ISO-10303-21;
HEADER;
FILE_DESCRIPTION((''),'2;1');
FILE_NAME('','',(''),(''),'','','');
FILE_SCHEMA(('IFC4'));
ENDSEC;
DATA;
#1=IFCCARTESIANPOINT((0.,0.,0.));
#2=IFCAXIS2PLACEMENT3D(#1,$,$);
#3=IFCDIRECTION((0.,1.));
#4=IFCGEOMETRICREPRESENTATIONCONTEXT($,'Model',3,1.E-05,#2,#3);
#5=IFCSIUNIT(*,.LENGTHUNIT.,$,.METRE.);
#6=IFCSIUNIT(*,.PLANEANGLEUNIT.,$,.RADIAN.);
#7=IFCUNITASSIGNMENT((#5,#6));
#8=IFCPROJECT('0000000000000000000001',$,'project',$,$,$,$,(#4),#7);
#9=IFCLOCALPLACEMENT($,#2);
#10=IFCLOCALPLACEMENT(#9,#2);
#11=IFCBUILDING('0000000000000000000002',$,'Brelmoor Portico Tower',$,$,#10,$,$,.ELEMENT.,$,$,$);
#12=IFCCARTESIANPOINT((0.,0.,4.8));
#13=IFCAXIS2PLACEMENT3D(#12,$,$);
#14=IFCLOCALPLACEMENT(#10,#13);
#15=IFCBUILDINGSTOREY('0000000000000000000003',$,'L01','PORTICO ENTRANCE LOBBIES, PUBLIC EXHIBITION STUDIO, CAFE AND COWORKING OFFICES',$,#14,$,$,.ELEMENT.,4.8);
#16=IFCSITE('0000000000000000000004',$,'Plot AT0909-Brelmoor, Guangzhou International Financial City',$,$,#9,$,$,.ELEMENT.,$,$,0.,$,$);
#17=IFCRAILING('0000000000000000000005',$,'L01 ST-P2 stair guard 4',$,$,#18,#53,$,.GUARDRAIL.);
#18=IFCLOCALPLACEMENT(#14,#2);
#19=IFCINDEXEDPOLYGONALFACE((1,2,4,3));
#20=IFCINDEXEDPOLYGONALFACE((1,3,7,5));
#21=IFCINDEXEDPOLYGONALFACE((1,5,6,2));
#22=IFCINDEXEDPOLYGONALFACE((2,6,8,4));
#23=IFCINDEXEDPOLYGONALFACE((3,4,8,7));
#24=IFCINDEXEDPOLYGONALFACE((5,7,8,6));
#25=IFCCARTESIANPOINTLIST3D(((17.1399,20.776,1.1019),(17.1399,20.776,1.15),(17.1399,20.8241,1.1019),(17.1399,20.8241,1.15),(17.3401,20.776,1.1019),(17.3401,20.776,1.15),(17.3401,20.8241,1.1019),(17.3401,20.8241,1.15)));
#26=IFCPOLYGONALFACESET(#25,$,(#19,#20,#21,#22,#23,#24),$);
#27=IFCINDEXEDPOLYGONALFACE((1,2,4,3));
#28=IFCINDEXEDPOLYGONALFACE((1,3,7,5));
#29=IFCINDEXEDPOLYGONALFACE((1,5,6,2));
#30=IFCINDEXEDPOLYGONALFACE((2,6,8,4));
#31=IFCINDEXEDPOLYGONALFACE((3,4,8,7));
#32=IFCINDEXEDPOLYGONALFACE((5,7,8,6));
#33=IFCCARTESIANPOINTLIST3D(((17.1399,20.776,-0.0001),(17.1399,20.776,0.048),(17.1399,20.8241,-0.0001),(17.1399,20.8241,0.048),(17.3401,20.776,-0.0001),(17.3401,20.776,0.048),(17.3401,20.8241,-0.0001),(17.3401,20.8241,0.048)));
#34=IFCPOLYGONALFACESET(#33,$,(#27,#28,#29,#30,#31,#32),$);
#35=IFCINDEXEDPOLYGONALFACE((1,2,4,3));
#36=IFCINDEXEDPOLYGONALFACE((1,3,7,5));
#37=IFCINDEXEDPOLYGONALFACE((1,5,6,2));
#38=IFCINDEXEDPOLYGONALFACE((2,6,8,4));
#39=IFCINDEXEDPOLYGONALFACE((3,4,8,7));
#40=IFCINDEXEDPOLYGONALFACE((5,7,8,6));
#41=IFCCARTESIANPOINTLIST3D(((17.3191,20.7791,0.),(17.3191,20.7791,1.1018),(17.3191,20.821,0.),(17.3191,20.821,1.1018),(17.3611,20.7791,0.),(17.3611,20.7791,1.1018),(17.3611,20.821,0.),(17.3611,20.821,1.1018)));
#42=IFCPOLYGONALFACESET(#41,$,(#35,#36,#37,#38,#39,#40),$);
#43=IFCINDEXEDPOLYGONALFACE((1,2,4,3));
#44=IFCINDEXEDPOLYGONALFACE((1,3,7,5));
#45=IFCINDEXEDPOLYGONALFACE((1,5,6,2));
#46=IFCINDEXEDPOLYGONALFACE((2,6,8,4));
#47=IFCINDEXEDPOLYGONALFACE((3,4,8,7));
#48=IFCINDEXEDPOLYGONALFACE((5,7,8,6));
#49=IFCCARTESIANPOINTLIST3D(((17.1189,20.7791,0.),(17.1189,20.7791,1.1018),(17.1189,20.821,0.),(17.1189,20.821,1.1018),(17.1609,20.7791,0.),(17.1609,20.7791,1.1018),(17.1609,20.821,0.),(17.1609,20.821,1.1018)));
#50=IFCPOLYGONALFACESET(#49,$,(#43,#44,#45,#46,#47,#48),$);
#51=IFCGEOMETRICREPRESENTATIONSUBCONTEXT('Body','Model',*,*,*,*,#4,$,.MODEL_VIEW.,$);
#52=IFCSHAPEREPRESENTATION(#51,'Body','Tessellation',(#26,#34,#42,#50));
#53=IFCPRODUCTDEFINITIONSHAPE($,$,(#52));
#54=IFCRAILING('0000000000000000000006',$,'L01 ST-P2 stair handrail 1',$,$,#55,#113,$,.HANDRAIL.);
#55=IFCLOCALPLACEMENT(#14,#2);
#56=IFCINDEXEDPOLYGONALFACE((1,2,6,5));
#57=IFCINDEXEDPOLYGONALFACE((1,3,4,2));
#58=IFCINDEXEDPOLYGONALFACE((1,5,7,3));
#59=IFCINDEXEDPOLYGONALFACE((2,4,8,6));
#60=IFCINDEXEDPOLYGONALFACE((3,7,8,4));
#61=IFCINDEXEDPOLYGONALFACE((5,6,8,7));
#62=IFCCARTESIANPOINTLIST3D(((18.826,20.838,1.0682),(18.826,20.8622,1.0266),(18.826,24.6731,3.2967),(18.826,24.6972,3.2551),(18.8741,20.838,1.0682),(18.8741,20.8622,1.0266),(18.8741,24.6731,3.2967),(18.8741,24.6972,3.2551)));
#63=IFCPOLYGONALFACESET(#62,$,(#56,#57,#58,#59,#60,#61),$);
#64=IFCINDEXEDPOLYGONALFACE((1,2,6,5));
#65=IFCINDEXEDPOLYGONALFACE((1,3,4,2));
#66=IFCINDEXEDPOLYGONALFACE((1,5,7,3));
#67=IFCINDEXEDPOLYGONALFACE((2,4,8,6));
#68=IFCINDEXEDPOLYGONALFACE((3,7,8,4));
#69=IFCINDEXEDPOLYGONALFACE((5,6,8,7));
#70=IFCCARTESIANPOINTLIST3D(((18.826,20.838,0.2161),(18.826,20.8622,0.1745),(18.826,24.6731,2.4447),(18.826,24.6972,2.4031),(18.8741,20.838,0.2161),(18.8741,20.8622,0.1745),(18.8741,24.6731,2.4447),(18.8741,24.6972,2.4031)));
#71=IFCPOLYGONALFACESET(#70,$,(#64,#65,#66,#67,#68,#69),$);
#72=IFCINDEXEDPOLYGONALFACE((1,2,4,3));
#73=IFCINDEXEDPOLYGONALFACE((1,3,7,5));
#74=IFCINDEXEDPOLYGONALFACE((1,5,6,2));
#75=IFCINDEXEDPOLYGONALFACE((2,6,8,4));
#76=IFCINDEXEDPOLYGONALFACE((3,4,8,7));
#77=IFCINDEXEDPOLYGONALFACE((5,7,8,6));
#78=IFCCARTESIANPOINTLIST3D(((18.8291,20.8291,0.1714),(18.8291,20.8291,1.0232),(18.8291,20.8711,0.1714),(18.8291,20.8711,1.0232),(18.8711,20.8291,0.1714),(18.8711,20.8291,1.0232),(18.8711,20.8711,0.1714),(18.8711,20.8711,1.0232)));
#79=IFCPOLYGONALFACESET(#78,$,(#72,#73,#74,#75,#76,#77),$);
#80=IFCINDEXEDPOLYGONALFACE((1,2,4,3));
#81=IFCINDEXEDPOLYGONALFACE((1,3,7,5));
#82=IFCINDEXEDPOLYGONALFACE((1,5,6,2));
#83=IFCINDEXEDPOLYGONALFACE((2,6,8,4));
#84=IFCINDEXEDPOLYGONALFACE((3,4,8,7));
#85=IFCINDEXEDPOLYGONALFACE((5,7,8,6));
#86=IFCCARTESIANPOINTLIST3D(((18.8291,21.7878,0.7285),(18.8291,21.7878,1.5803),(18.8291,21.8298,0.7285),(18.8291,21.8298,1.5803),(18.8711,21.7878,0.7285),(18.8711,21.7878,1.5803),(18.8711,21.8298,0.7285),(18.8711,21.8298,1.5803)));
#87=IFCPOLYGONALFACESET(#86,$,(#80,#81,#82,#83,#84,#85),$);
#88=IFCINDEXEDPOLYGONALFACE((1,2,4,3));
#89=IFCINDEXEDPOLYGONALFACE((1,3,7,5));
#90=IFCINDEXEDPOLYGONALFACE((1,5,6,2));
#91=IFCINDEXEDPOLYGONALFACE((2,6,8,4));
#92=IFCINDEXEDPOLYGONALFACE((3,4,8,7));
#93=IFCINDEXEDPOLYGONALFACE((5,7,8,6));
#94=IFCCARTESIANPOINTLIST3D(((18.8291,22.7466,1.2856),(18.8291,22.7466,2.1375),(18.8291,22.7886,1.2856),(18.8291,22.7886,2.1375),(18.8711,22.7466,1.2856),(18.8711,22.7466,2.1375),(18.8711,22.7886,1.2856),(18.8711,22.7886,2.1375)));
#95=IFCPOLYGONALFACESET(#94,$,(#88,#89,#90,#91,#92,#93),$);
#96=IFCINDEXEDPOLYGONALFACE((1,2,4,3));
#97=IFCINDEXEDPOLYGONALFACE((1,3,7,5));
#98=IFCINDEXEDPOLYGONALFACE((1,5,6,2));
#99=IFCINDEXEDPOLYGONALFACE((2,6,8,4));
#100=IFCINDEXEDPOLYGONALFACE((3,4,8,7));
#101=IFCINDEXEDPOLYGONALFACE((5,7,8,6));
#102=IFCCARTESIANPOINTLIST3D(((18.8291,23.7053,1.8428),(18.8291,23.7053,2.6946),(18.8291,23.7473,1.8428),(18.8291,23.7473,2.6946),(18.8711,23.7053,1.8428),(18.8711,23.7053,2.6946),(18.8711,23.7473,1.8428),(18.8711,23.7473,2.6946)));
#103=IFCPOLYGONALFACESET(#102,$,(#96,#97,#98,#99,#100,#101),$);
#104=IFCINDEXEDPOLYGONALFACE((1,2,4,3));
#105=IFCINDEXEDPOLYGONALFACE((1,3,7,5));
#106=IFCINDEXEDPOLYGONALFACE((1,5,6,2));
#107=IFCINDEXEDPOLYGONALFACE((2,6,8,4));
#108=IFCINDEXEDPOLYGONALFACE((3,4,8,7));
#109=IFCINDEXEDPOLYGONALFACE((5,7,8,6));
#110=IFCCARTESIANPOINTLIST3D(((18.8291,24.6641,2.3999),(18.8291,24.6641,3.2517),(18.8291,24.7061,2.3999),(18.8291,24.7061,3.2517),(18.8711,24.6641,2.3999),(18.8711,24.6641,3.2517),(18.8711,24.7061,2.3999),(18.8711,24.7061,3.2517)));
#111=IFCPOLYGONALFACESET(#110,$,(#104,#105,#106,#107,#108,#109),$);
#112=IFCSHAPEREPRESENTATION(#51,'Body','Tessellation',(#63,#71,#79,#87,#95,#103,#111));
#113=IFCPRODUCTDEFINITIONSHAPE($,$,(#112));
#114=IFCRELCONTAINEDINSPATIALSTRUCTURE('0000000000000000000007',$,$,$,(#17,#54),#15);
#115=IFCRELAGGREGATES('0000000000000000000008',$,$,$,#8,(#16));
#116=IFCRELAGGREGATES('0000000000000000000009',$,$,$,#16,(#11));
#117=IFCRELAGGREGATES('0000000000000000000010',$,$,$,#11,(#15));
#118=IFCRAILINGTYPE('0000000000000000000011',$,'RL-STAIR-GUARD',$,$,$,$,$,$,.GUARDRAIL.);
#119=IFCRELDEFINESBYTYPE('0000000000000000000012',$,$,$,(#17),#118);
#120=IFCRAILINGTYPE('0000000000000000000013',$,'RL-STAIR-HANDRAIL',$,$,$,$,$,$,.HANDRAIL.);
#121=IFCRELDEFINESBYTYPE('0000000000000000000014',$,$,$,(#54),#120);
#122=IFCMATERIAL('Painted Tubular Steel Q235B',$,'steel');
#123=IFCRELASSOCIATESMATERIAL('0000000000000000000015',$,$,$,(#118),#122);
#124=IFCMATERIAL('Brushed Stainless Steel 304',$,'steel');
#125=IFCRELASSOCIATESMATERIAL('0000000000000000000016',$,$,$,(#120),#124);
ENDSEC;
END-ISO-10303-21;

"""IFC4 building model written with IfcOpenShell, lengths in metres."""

from ifc_helpers import new_model, si_unit, direction, frame, origin, origin_2d, place, context, subcontext, project, spatial, rectangle, extrude, material, type_object, element, save


model = new_model("IFC4")

# Units and contexts
model_context = context("Model", 3, precision=1e-05, world=origin(), true_north=direction((0.0, 1.0)))
body_context = subcontext(model_context, "Body", "Model", "MODEL_VIEW")
ifc_project = project(units=[si_unit("LENGTHUNIT", "METRE"), si_unit("PLANEANGLEUNIT", "RADIAN")], contexts=[model_context])

# Site, building, storey
site_placement = place(None, origin())
site = spatial("IfcSite", under=ifc_project, at=site_placement, Name="Plot AT0909-Brelmoor, Guangzhou International Financial City", CompositionType="ELEMENT", RefElevation=0.0)
building_placement = place(site_placement, origin())
building = spatial("IfcBuilding", under=site, at=building_placement, Name="Brelmoor Portico Tower", CompositionType="ELEMENT")
storey_placement = place(building_placement, frame((0.0, 0.0, 4.8)))
storey = spatial("IfcBuildingStorey", under=building, at=storey_placement, Name="L01", Description="PORTICO ENTRANCE LOBBIES, PUBLIC EXHIBITION STUDIO, CAFE AND COWORKING OFFICES", CompositionType="ELEMENT", Elevation=4.8)

# Railings
ifc_material_1 = material(Name="Painted Tubular Steel Q235B", Category="steel")
railing_type_1 = type_object("IfcRailingType", Name="RL-STAIR-GUARD", PredefinedType="GUARDRAIL", material=ifc_material_1)
railing_1_placement = place(storey_placement, frame((17.3401, 20.8, 0.0)))
element("IfcRailing", 1, at=railing_1_placement, inside=storey, type_object=railing_type_1, Name="L01 ST-P2 stair guard 4", PredefinedType="GUARDRAIL", context=body_context, shape_type="SweptSolid", body=[
    extrude(rectangle(XDim=0.0481, YDim=0.0481, at=origin_2d()), frame((0.0, 0.0, 1.126), z_axis=(-1.0, 0.0, 0.0), x_axis=(0.0, -1.0, 0.0)), (0.0, 0.0, 1.0), 0.2002),
    extrude(rectangle(XDim=0.0481, YDim=0.0481, at=origin_2d()), frame((0.0, 0.0, 0.0239), z_axis=(-1.0, 0.0, 0.0), x_axis=(0.0, -1.0, 0.0)), (0.0, 0.0, 1.0), 0.2002),
    extrude(rectangle(XDim=0.042, YDim=0.042, at=origin_2d()), origin(), (0.0, 0.0, 1.0), 1.1018),
    extrude(rectangle(XDim=0.042, YDim=0.042, at=origin_2d()), frame((-0.2002, 0.0, 0.0)), (0.0, 0.0, 1.0), 1.1018),
])
ifc_material_2 = material(Name="Brushed Stainless Steel 304", Category="steel")
railing_type_2 = type_object("IfcRailingType", Name="RL-STAIR-HANDRAIL", PredefinedType="HANDRAIL", material=ifc_material_2)
railing_2_placement = place(storey_placement, frame((18.8501, 20.8501, 0.1714)))
element("IfcRailing", 2, at=railing_2_placement, inside=storey, type_object=railing_type_2, Name="L01 ST-P2 stair handrail 1", PredefinedType="HANDRAIL", context=body_context, shape_type="SweptSolid", body=[
    extrude(rectangle(XDim=0.0481, YDim=0.0481, at=origin_2d()), frame((0.0, 0.0, 0.876), z_axis=(0.0, 0.864616, 0.502433), x_axis=(-1.0, 0.0, 0.0)), (0.0, 0.0, 1.0), 4.4355),
    extrude(rectangle(XDim=0.0481, YDim=0.0481, at=origin_2d()), frame((0.0, 0.0, 0.0239), z_axis=(0.0, 0.864616, 0.502433), x_axis=(-1.0, 0.0, 0.0)), (0.0, 0.0, 1.0), 4.4355),
    extrude(rectangle(XDim=0.042, YDim=0.042, at=origin_2d()), origin(), (0.0, 0.0, 1.0), 0.8518),
    extrude(rectangle(XDim=0.042, YDim=0.042, at=origin_2d()), frame((0.0, 0.9587, 0.5571)), (0.0, 0.0, 1.0), 0.8518),
    extrude(rectangle(XDim=0.042, YDim=0.042, at=origin_2d()), frame((0.0, 1.9175, 1.1143)), (0.0, 0.0, 1.0), 0.8518),
    extrude(rectangle(XDim=0.042, YDim=0.042, at=origin_2d()), frame((0.0, 2.8762, 1.6714)), (0.0, 0.0, 1.0), 0.8518),
    extrude(rectangle(XDim=0.042, YDim=0.042, at=origin_2d()), frame((0.0, 3.835, 2.2285)), (0.0, 0.0, 1.0), 0.8518),
])

save(model, "model.ifc")
